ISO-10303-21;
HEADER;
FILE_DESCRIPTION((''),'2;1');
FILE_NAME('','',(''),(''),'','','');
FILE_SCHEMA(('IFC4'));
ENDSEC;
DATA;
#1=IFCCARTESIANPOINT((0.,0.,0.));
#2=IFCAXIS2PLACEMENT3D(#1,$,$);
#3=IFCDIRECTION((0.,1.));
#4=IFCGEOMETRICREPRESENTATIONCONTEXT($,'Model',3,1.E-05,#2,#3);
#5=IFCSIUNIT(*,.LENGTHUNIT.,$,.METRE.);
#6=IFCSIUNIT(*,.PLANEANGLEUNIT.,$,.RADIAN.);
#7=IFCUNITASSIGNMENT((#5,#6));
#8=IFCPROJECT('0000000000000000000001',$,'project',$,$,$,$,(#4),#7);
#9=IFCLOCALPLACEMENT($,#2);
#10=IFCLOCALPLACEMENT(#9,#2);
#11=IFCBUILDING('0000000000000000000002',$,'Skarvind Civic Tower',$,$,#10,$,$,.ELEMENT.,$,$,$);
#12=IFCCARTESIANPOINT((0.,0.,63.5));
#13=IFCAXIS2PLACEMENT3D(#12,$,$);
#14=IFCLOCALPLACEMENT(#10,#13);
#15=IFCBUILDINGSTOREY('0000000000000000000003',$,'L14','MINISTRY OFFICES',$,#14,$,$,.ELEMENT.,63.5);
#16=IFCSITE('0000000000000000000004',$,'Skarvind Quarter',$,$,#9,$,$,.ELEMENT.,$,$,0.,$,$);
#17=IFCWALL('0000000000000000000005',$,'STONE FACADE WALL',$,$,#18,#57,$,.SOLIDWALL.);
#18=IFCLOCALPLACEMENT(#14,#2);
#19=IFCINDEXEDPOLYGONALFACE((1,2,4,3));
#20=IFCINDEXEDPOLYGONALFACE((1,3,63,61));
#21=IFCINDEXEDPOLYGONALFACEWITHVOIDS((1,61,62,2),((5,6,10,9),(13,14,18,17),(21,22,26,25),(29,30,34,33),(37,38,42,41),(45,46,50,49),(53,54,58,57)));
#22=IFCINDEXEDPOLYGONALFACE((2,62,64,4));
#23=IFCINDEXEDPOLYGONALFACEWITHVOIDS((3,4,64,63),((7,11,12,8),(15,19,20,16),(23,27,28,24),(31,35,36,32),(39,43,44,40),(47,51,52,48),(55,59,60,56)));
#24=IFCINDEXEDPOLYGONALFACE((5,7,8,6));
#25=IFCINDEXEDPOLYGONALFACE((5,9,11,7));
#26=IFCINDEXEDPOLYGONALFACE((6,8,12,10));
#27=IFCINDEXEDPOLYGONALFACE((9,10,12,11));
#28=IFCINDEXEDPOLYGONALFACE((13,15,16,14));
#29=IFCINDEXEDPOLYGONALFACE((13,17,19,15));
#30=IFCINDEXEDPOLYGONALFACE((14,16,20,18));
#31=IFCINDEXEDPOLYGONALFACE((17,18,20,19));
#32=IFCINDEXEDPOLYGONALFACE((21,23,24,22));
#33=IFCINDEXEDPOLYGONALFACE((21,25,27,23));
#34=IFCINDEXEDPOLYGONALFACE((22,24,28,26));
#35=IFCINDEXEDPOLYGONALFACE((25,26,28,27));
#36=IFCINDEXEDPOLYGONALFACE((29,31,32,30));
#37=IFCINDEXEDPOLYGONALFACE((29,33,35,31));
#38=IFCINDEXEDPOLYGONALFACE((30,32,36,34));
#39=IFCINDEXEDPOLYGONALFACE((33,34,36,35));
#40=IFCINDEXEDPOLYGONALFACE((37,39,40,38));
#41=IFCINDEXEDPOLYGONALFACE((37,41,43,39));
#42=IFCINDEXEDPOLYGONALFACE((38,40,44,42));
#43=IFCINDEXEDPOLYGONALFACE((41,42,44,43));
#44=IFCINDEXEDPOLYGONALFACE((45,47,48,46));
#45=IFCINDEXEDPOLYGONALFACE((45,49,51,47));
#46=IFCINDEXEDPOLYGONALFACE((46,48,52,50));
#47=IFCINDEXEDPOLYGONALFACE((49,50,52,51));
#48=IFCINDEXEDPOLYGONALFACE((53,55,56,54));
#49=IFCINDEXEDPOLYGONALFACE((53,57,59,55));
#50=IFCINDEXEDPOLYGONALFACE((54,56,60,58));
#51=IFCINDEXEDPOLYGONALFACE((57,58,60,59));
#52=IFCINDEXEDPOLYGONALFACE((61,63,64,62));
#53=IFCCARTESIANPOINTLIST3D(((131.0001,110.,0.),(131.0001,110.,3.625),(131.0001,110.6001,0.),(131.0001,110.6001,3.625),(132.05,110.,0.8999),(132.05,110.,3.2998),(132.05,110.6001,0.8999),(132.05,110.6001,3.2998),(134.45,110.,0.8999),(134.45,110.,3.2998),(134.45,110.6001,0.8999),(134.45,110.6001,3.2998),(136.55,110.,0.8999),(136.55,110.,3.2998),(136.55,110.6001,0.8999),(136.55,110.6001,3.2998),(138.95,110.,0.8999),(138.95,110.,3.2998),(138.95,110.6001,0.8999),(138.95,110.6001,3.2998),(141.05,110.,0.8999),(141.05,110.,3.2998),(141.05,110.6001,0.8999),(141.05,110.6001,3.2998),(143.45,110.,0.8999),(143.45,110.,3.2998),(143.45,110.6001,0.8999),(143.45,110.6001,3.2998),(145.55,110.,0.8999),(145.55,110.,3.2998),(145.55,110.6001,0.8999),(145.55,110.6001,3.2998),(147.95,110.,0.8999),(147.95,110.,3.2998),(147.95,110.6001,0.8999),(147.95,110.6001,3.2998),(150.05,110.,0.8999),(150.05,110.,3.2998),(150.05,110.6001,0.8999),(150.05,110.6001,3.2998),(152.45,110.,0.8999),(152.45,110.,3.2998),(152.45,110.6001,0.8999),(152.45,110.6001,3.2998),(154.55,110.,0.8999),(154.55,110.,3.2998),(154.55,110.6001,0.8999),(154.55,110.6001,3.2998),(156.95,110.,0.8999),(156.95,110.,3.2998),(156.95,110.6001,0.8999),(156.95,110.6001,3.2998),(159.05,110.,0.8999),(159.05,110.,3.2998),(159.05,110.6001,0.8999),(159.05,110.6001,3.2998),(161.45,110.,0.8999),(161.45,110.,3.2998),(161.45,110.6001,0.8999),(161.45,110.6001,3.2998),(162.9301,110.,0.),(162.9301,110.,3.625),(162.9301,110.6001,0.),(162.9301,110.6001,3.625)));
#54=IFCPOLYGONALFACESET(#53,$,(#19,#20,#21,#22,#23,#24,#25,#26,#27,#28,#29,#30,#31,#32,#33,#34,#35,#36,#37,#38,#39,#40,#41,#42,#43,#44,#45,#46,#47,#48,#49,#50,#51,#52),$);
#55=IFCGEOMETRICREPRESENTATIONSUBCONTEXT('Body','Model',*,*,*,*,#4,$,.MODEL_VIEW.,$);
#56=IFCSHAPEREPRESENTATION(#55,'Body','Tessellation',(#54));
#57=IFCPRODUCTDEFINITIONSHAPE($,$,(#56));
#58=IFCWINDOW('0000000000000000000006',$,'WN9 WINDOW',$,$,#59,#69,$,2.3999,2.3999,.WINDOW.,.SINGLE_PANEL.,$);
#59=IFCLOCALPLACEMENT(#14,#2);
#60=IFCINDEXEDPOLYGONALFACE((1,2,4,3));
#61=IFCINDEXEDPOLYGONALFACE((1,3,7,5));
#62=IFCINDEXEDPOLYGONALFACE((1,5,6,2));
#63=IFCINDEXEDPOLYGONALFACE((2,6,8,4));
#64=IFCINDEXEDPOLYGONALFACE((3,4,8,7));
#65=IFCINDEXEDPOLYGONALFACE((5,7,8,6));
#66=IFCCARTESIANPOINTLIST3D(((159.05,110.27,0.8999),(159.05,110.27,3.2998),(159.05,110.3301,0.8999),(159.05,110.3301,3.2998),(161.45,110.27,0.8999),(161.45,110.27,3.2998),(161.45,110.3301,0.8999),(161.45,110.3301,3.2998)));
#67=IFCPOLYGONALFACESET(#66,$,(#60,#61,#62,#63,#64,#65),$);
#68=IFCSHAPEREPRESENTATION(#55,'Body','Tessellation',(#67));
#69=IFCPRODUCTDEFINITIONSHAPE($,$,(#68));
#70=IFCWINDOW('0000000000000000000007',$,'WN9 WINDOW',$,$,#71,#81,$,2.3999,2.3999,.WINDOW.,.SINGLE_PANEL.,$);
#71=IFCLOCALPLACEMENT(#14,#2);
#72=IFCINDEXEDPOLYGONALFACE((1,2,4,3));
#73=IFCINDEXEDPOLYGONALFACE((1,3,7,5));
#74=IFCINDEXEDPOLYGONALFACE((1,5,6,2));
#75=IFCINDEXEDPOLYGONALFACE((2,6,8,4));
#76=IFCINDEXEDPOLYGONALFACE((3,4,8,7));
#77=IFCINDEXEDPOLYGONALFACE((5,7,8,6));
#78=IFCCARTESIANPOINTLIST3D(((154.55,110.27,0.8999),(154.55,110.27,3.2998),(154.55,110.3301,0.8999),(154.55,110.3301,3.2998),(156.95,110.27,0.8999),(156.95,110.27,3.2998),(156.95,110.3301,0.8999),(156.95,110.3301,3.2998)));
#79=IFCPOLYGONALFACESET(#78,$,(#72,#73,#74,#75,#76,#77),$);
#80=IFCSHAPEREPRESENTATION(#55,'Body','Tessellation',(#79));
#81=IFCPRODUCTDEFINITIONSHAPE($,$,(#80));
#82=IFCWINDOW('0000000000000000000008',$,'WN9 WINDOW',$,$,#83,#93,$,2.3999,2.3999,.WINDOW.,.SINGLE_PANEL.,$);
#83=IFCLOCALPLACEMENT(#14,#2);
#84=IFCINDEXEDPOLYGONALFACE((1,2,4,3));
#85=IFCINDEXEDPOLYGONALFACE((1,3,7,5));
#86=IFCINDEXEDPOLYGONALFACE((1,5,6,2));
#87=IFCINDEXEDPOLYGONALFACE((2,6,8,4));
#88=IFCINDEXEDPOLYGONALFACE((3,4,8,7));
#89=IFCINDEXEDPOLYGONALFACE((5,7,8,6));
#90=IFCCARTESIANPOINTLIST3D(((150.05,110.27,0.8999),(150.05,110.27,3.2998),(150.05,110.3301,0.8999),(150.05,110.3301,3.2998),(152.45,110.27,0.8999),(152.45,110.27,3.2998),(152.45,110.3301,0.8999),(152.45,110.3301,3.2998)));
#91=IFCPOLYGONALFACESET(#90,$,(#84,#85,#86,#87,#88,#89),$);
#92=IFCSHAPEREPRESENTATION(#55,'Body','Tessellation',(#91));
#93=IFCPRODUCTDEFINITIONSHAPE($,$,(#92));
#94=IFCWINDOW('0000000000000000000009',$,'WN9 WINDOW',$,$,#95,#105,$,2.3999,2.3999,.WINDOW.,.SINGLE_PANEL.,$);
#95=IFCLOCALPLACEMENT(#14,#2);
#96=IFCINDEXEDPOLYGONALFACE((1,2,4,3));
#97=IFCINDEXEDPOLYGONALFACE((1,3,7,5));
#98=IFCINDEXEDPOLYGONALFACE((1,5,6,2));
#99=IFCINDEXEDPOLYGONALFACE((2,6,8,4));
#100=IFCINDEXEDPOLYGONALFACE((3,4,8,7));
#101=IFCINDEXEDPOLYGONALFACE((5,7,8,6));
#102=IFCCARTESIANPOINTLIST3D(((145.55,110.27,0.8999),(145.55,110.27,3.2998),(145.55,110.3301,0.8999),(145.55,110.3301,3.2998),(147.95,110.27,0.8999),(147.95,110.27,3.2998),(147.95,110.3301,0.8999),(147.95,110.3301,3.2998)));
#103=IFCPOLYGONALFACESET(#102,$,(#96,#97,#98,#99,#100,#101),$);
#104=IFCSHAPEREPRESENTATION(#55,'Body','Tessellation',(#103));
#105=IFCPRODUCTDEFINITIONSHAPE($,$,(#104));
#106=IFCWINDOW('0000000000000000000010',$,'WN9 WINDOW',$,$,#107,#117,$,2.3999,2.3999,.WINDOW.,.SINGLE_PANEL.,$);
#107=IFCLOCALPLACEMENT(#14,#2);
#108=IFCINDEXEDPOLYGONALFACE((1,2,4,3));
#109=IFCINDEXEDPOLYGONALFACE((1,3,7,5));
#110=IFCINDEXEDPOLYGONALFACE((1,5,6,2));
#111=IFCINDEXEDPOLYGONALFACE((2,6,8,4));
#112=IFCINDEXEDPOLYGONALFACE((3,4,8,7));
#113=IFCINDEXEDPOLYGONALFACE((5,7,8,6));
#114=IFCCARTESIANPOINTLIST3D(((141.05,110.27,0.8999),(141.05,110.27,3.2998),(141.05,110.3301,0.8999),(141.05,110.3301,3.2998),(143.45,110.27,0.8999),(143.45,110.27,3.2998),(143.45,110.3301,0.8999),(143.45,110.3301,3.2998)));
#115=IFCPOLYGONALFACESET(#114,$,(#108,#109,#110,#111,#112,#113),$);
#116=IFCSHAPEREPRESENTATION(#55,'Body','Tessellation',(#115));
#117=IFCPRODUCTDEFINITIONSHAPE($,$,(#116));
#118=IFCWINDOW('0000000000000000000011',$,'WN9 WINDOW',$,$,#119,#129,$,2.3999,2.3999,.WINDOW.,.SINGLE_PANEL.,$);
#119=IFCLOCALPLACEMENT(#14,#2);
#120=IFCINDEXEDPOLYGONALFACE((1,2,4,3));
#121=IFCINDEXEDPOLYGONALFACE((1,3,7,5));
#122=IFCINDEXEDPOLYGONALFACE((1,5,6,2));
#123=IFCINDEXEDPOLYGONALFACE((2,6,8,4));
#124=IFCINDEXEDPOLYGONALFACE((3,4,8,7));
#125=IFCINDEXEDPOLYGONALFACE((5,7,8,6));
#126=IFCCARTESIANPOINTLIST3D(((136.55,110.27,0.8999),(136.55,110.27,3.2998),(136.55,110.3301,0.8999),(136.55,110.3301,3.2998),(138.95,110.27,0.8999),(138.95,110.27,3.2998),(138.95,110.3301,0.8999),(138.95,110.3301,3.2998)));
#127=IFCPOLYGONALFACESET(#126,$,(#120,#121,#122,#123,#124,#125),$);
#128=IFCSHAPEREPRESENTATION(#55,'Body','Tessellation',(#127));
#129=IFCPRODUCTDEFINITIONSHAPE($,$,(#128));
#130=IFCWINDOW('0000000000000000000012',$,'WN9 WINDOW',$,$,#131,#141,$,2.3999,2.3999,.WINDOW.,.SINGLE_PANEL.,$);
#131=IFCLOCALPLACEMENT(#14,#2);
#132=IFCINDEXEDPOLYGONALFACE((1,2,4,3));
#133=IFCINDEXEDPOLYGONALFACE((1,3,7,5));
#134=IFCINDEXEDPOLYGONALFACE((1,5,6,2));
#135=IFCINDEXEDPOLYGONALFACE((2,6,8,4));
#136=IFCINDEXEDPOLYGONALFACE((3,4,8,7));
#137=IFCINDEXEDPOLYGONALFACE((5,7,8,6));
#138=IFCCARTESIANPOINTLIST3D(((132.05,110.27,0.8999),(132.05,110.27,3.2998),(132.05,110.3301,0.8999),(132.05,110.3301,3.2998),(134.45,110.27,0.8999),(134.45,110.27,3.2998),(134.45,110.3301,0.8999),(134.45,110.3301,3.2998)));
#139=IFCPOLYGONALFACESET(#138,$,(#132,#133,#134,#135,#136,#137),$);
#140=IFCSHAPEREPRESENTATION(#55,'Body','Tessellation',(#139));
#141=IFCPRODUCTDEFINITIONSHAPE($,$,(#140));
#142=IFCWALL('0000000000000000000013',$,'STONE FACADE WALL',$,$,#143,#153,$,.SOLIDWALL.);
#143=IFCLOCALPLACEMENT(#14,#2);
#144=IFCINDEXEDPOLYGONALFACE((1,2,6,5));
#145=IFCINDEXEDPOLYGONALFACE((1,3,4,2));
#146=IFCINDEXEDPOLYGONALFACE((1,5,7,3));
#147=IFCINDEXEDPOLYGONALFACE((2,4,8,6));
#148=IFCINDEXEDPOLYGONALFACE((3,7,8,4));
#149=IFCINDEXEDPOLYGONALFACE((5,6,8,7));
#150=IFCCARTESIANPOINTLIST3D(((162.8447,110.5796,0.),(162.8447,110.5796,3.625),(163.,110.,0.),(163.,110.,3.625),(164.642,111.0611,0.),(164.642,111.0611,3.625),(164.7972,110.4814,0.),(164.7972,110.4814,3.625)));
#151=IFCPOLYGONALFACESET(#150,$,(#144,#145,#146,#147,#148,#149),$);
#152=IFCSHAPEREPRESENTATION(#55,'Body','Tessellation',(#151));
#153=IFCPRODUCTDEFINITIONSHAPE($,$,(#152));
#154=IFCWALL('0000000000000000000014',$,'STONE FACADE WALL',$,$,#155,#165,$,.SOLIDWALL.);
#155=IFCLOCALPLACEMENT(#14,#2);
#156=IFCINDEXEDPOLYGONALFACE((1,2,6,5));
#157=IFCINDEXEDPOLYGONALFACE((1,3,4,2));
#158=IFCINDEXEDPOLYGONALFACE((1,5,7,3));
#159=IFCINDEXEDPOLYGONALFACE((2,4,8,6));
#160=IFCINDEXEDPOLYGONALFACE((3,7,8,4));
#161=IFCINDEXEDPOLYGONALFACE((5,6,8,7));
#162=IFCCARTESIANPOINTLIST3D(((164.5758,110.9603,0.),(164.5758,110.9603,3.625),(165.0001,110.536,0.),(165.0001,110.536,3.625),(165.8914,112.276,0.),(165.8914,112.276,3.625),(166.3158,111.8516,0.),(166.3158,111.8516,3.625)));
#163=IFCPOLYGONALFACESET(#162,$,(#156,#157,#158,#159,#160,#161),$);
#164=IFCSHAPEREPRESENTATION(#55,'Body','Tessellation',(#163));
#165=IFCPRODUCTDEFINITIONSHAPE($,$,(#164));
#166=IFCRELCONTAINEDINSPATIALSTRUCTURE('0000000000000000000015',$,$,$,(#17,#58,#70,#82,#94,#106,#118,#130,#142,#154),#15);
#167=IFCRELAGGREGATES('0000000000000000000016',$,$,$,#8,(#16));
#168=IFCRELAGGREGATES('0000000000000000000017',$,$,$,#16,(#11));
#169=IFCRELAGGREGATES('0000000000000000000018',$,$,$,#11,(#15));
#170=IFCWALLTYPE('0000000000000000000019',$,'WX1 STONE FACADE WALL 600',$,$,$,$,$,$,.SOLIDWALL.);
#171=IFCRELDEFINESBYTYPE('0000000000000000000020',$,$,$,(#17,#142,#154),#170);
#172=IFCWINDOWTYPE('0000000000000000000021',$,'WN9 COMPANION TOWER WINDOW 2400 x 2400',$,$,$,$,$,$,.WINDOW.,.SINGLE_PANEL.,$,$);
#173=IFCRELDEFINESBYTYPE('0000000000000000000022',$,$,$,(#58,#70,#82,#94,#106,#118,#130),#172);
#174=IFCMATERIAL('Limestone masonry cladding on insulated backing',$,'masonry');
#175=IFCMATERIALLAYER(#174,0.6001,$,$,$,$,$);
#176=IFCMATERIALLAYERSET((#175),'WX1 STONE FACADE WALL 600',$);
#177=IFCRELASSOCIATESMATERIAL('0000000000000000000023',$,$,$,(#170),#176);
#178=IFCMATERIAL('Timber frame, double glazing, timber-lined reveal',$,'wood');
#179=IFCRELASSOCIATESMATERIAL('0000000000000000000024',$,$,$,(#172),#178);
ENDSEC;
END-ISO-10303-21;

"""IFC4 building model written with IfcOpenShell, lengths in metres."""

from ifc_helpers import new_model, si_unit, direction, frame, frame_2d, origin, place, context, subcontext, project, spatial, rectangle, extrude, material, layer, layer_set, type_object, element, fill, save


model = new_model("IFC4")

# Units and contexts
model_context = context("Model", 3, precision=1e-05, world=origin(), true_north=direction((0.0, 1.0)))
body_context = subcontext(model_context, "Body", "Model", "MODEL_VIEW")
ifc_project = project(units=[si_unit("LENGTHUNIT", "METRE"), si_unit("PLANEANGLEUNIT", "RADIAN")], contexts=[model_context])

# Site, building, storey
site_placement = place(None, origin())
site = spatial("IfcSite", under=ifc_project, at=site_placement, Name="Skarvind Quarter", CompositionType="ELEMENT", RefElevation=0.0)
building_placement = place(site_placement, origin())
building = spatial("IfcBuilding", under=site, at=building_placement, Name="Skarvind Civic Tower", CompositionType="ELEMENT")
storey_placement = place(building_placement, frame((0.0, 0.0, 63.5)))
storey = spatial("IfcBuildingStorey", under=building, at=storey_placement, Name="L14", Description="MINISTRY OFFICES", CompositionType="ELEMENT", Elevation=63.5)

# Wall, openings, windows
ifc_material_1 = material(Name="Limestone masonry cladding on insulated backing", Category="masonry")
ifc_layer_1 = layer(ifc_material_1, 0.6001)
ifc_layer_set_1 = layer_set([ifc_layer_1], Name="WX1 STONE FACADE WALL 600")
wall_type_1 = type_object("IfcWallType", Name="WX1 STONE FACADE WALL 600", PredefinedType="SOLIDWALL", material=ifc_layer_set_1)
wall_1_placement = place(storey_placement, frame((162.9299, 110.3, 0.0), z_axis=(0.0, 0.0, 1.0), x_axis=(-1.0, 0.0, 0.0)))
wall_1 = element("IfcWall", 1, at=wall_1_placement, inside=storey, type_object=wall_type_1, Name="STONE FACADE WALL", PredefinedType="SOLIDWALL", context=body_context, shape_type="SweptSolid", body=[
    extrude(rectangle(XDim=31.9299, YDim=0.6001, at=frame_2d((15.9648, 0.0))), origin(), (0.0, 0.0, 1.0), 3.625),
])
opening_1_placement = place(wall_1_placement, frame((1.48, 0.0, 0.8999)))
opening_1 = element("IfcOpeningElement", 2, at=opening_1_placement, cuts=wall_1, PredefinedType="OPENING", context=body_context, shape_type="SweptSolid", body=[
    extrude(rectangle(XDim=2.3999, YDim=2.3999, at=frame_2d((1.2, 1.2))), frame((0.0, 0.3101, 0.0), z_axis=(0.0, -1.0, 0.0), x_axis=(1.0, 0.0, 0.0)), (0.0, 0.0, 1.0), 0.6201),
])
opening_2_placement = place(wall_1_placement, frame((5.98, 0.0, 0.8999)))
opening_2 = element("IfcOpeningElement", 3, at=opening_2_placement, cuts=wall_1, PredefinedType="OPENING", context=body_context, shape_type="SweptSolid", body=[
    extrude(rectangle(XDim=2.3999, YDim=2.3999, at=frame_2d((1.2, 1.2))), frame((0.0, 0.3101, 0.0), z_axis=(0.0, -1.0, 0.0), x_axis=(1.0, 0.0, 0.0)), (0.0, 0.0, 1.0), 0.6201),
])
opening_3_placement = place(wall_1_placement, frame((10.48, 0.0, 0.8999)))
opening_3 = element("IfcOpeningElement", 4, at=opening_3_placement, cuts=wall_1, PredefinedType="OPENING", context=body_context, shape_type="SweptSolid", body=[
    extrude(rectangle(XDim=2.3999, YDim=2.3999, at=frame_2d((1.2, 1.2))), frame((0.0, 0.3101, 0.0), z_axis=(0.0, -1.0, 0.0), x_axis=(1.0, 0.0, 0.0)), (0.0, 0.0, 1.0), 0.6201),
])
opening_4_placement = place(wall_1_placement, frame((14.98, 0.0, 0.8999)))
opening_4 = element("IfcOpeningElement", 5, at=opening_4_placement, cuts=wall_1, PredefinedType="OPENING", context=body_context, shape_type="SweptSolid", body=[
    extrude(rectangle(XDim=2.3999, YDim=2.3999, at=frame_2d((1.2, 1.2))), frame((0.0, 0.3101, 0.0), z_axis=(0.0, -1.0, 0.0), x_axis=(1.0, 0.0, 0.0)), (0.0, 0.0, 1.0), 0.6201),
])
opening_5_placement = place(wall_1_placement, frame((19.48, 0.0, 0.8999)))
opening_5 = element("IfcOpeningElement", 6, at=opening_5_placement, cuts=wall_1, PredefinedType="OPENING", context=body_context, shape_type="SweptSolid", body=[
    extrude(rectangle(XDim=2.3999, YDim=2.3999, at=frame_2d((1.2, 1.2))), frame((0.0, 0.3101, 0.0), z_axis=(0.0, -1.0, 0.0), x_axis=(1.0, 0.0, 0.0)), (0.0, 0.0, 1.0), 0.6201),
])
opening_6_placement = place(wall_1_placement, frame((23.98, 0.0, 0.8999)))
opening_6 = element("IfcOpeningElement", 7, at=opening_6_placement, cuts=wall_1, PredefinedType="OPENING", context=body_context, shape_type="SweptSolid", body=[
    extrude(rectangle(XDim=2.3999, YDim=2.3999, at=frame_2d((1.2, 1.2))), frame((0.0, 0.3101, 0.0), z_axis=(0.0, -1.0, 0.0), x_axis=(1.0, 0.0, 0.0)), (0.0, 0.0, 1.0), 0.6201),
])
opening_7_placement = place(wall_1_placement, frame((28.48, 0.0, 0.8999)))
opening_7 = element("IfcOpeningElement", 8, at=opening_7_placement, cuts=wall_1, PredefinedType="OPENING", context=body_context, shape_type="SweptSolid", body=[
    extrude(rectangle(XDim=2.3999, YDim=2.3999, at=frame_2d((1.2, 1.2))), frame((0.0, 0.3101, 0.0), z_axis=(0.0, -1.0, 0.0), x_axis=(1.0, 0.0, 0.0)), (0.0, 0.0, 1.0), 0.6201),
])
ifc_material_2 = material(Name="Timber frame, double glazing, timber-lined reveal", Category="wood")
window_type = type_object("IfcWindowType", Name="WN9 COMPANION TOWER WINDOW 2400 x 2400", PartitioningType="SINGLE_PANEL", PredefinedType="WINDOW", material=ifc_material_2)
window_1_placement = place(opening_1_placement, origin())
window_1 = element("IfcWindow", 9, at=window_1_placement, inside=storey, type_object=window_type, Name="WN9 WINDOW", OverallHeight=2.3999, OverallWidth=2.3999, PartitioningType="SINGLE_PANEL", PredefinedType="WINDOW", context=body_context, shape_type="SweptSolid", body=[
    extrude(rectangle(XDim=2.3999, YDim=2.3999, at=frame_2d((1.2, 1.2))), frame((0.0, 0.03, 0.0), z_axis=(0.0, -1.0, 0.0), x_axis=(1.0, 0.0, 0.0)), (0.0, 0.0, 1.0), 0.0601),
])
fill(opening_1, window_1)
window_2_placement = place(opening_2_placement, origin())
window_2 = element("IfcWindow", 10, at=window_2_placement, inside=storey, type_object=window_type, Name="WN9 WINDOW", OverallHeight=2.3999, OverallWidth=2.3999, PartitioningType="SINGLE_PANEL", PredefinedType="WINDOW", context=body_context, shape_type="SweptSolid", body=[
    extrude(rectangle(XDim=2.3999, YDim=2.3999, at=frame_2d((1.2, 1.2))), frame((0.0, 0.03, 0.0), z_axis=(0.0, -1.0, 0.0), x_axis=(1.0, 0.0, 0.0)), (0.0, 0.0, 1.0), 0.0601),
])
fill(opening_2, window_2)
window_3_placement = place(opening_3_placement, origin())
window_3 = element("IfcWindow", 11, at=window_3_placement, inside=storey, type_object=window_type, Name="WN9 WINDOW", OverallHeight=2.3999, OverallWidth=2.3999, PartitioningType="SINGLE_PANEL", PredefinedType="WINDOW", context=body_context, shape_type="SweptSolid", body=[
    extrude(rectangle(XDim=2.3999, YDim=2.3999, at=frame_2d((1.2, 1.2))), frame((0.0, 0.03, 0.0), z_axis=(0.0, -1.0, 0.0), x_axis=(1.0, 0.0, 0.0)), (0.0, 0.0, 1.0), 0.0601),
])
fill(opening_3, window_3)
window_4_placement = place(opening_4_placement, origin())
window_4 = element("IfcWindow", 12, at=window_4_placement, inside=storey, type_object=window_type, Name="WN9 WINDOW", OverallHeight=2.3999, OverallWidth=2.3999, PartitioningType="SINGLE_PANEL", PredefinedType="WINDOW", context=body_context, shape_type="SweptSolid", body=[
    extrude(rectangle(XDim=2.3999, YDim=2.3999, at=frame_2d((1.2, 1.2))), frame((0.0, 0.03, 0.0), z_axis=(0.0, -1.0, 0.0), x_axis=(1.0, 0.0, 0.0)), (0.0, 0.0, 1.0), 0.0601),
])
fill(opening_4, window_4)
window_5_placement = place(opening_5_placement, origin())
window_5 = element("IfcWindow", 13, at=window_5_placement, inside=storey, type_object=window_type, Name="WN9 WINDOW", OverallHeight=2.3999, OverallWidth=2.3999, PartitioningType="SINGLE_PANEL", PredefinedType="WINDOW", context=body_context, shape_type="SweptSolid", body=[
    extrude(rectangle(XDim=2.3999, YDim=2.3999, at=frame_2d((1.2, 1.2))), frame((0.0, 0.03, 0.0), z_axis=(0.0, -1.0, 0.0), x_axis=(1.0, 0.0, 0.0)), (0.0, 0.0, 1.0), 0.0601),
])
fill(opening_5, window_5)
window_6_placement = place(opening_6_placement, origin())
window_6 = element("IfcWindow", 14, at=window_6_placement, inside=storey, type_object=window_type, Name="WN9 WINDOW", OverallHeight=2.3999, OverallWidth=2.3999, PartitioningType="SINGLE_PANEL", PredefinedType="WINDOW", context=body_context, shape_type="SweptSolid", body=[
    extrude(rectangle(XDim=2.3999, YDim=2.3999, at=frame_2d((1.2, 1.2))), frame((0.0, 0.03, 0.0), z_axis=(0.0, -1.0, 0.0), x_axis=(1.0, 0.0, 0.0)), (0.0, 0.0, 1.0), 0.0601),
])
fill(opening_6, window_6)
window_7_placement = place(opening_7_placement, origin())
window_7 = element("IfcWindow", 15, at=window_7_placement, inside=storey, type_object=window_type, Name="WN9 WINDOW", OverallHeight=2.3999, OverallWidth=2.3999, PartitioningType="SINGLE_PANEL", PredefinedType="WINDOW", context=body_context, shape_type="SweptSolid", body=[
    extrude(rectangle(XDim=2.3999, YDim=2.3999, at=frame_2d((1.2, 1.2))), frame((0.0, 0.03, 0.0), z_axis=(0.0, -1.0, 0.0), x_axis=(1.0, 0.0, 0.0)), (0.0, 0.0, 1.0), 0.0601),
])
fill(opening_7, window_7)

# Walls
for number, where, z_axis, x_axis, name in (
    (16, (164.7195, 110.7712, 0.0), (0.0, 0.0, 1.0), (-0.965938, -0.258773, 0.0), "STONE FACADE WALL"),
    (17, (166.1035, 112.0637, 0.0), (0.0, 0.0, 1.0), (-0.707107, -0.707107, 0.0), "STONE FACADE WALL"),
):
    element("IfcWall", number, at=place(storey_placement, frame(where, z_axis=z_axis, x_axis=x_axis)), inside=storey, type_object=wall_type_1, Name=name, PredefinedType="SOLIDWALL", context=body_context, shape_type="SweptSolid", body=[
        extrude(rectangle(XDim=1.8606, YDim=0.6001, at=frame_2d((0.9302, 0.0))), origin(), (0.0, 0.0, 1.0), 3.625),
    ])

save(model, "model.ifc")
